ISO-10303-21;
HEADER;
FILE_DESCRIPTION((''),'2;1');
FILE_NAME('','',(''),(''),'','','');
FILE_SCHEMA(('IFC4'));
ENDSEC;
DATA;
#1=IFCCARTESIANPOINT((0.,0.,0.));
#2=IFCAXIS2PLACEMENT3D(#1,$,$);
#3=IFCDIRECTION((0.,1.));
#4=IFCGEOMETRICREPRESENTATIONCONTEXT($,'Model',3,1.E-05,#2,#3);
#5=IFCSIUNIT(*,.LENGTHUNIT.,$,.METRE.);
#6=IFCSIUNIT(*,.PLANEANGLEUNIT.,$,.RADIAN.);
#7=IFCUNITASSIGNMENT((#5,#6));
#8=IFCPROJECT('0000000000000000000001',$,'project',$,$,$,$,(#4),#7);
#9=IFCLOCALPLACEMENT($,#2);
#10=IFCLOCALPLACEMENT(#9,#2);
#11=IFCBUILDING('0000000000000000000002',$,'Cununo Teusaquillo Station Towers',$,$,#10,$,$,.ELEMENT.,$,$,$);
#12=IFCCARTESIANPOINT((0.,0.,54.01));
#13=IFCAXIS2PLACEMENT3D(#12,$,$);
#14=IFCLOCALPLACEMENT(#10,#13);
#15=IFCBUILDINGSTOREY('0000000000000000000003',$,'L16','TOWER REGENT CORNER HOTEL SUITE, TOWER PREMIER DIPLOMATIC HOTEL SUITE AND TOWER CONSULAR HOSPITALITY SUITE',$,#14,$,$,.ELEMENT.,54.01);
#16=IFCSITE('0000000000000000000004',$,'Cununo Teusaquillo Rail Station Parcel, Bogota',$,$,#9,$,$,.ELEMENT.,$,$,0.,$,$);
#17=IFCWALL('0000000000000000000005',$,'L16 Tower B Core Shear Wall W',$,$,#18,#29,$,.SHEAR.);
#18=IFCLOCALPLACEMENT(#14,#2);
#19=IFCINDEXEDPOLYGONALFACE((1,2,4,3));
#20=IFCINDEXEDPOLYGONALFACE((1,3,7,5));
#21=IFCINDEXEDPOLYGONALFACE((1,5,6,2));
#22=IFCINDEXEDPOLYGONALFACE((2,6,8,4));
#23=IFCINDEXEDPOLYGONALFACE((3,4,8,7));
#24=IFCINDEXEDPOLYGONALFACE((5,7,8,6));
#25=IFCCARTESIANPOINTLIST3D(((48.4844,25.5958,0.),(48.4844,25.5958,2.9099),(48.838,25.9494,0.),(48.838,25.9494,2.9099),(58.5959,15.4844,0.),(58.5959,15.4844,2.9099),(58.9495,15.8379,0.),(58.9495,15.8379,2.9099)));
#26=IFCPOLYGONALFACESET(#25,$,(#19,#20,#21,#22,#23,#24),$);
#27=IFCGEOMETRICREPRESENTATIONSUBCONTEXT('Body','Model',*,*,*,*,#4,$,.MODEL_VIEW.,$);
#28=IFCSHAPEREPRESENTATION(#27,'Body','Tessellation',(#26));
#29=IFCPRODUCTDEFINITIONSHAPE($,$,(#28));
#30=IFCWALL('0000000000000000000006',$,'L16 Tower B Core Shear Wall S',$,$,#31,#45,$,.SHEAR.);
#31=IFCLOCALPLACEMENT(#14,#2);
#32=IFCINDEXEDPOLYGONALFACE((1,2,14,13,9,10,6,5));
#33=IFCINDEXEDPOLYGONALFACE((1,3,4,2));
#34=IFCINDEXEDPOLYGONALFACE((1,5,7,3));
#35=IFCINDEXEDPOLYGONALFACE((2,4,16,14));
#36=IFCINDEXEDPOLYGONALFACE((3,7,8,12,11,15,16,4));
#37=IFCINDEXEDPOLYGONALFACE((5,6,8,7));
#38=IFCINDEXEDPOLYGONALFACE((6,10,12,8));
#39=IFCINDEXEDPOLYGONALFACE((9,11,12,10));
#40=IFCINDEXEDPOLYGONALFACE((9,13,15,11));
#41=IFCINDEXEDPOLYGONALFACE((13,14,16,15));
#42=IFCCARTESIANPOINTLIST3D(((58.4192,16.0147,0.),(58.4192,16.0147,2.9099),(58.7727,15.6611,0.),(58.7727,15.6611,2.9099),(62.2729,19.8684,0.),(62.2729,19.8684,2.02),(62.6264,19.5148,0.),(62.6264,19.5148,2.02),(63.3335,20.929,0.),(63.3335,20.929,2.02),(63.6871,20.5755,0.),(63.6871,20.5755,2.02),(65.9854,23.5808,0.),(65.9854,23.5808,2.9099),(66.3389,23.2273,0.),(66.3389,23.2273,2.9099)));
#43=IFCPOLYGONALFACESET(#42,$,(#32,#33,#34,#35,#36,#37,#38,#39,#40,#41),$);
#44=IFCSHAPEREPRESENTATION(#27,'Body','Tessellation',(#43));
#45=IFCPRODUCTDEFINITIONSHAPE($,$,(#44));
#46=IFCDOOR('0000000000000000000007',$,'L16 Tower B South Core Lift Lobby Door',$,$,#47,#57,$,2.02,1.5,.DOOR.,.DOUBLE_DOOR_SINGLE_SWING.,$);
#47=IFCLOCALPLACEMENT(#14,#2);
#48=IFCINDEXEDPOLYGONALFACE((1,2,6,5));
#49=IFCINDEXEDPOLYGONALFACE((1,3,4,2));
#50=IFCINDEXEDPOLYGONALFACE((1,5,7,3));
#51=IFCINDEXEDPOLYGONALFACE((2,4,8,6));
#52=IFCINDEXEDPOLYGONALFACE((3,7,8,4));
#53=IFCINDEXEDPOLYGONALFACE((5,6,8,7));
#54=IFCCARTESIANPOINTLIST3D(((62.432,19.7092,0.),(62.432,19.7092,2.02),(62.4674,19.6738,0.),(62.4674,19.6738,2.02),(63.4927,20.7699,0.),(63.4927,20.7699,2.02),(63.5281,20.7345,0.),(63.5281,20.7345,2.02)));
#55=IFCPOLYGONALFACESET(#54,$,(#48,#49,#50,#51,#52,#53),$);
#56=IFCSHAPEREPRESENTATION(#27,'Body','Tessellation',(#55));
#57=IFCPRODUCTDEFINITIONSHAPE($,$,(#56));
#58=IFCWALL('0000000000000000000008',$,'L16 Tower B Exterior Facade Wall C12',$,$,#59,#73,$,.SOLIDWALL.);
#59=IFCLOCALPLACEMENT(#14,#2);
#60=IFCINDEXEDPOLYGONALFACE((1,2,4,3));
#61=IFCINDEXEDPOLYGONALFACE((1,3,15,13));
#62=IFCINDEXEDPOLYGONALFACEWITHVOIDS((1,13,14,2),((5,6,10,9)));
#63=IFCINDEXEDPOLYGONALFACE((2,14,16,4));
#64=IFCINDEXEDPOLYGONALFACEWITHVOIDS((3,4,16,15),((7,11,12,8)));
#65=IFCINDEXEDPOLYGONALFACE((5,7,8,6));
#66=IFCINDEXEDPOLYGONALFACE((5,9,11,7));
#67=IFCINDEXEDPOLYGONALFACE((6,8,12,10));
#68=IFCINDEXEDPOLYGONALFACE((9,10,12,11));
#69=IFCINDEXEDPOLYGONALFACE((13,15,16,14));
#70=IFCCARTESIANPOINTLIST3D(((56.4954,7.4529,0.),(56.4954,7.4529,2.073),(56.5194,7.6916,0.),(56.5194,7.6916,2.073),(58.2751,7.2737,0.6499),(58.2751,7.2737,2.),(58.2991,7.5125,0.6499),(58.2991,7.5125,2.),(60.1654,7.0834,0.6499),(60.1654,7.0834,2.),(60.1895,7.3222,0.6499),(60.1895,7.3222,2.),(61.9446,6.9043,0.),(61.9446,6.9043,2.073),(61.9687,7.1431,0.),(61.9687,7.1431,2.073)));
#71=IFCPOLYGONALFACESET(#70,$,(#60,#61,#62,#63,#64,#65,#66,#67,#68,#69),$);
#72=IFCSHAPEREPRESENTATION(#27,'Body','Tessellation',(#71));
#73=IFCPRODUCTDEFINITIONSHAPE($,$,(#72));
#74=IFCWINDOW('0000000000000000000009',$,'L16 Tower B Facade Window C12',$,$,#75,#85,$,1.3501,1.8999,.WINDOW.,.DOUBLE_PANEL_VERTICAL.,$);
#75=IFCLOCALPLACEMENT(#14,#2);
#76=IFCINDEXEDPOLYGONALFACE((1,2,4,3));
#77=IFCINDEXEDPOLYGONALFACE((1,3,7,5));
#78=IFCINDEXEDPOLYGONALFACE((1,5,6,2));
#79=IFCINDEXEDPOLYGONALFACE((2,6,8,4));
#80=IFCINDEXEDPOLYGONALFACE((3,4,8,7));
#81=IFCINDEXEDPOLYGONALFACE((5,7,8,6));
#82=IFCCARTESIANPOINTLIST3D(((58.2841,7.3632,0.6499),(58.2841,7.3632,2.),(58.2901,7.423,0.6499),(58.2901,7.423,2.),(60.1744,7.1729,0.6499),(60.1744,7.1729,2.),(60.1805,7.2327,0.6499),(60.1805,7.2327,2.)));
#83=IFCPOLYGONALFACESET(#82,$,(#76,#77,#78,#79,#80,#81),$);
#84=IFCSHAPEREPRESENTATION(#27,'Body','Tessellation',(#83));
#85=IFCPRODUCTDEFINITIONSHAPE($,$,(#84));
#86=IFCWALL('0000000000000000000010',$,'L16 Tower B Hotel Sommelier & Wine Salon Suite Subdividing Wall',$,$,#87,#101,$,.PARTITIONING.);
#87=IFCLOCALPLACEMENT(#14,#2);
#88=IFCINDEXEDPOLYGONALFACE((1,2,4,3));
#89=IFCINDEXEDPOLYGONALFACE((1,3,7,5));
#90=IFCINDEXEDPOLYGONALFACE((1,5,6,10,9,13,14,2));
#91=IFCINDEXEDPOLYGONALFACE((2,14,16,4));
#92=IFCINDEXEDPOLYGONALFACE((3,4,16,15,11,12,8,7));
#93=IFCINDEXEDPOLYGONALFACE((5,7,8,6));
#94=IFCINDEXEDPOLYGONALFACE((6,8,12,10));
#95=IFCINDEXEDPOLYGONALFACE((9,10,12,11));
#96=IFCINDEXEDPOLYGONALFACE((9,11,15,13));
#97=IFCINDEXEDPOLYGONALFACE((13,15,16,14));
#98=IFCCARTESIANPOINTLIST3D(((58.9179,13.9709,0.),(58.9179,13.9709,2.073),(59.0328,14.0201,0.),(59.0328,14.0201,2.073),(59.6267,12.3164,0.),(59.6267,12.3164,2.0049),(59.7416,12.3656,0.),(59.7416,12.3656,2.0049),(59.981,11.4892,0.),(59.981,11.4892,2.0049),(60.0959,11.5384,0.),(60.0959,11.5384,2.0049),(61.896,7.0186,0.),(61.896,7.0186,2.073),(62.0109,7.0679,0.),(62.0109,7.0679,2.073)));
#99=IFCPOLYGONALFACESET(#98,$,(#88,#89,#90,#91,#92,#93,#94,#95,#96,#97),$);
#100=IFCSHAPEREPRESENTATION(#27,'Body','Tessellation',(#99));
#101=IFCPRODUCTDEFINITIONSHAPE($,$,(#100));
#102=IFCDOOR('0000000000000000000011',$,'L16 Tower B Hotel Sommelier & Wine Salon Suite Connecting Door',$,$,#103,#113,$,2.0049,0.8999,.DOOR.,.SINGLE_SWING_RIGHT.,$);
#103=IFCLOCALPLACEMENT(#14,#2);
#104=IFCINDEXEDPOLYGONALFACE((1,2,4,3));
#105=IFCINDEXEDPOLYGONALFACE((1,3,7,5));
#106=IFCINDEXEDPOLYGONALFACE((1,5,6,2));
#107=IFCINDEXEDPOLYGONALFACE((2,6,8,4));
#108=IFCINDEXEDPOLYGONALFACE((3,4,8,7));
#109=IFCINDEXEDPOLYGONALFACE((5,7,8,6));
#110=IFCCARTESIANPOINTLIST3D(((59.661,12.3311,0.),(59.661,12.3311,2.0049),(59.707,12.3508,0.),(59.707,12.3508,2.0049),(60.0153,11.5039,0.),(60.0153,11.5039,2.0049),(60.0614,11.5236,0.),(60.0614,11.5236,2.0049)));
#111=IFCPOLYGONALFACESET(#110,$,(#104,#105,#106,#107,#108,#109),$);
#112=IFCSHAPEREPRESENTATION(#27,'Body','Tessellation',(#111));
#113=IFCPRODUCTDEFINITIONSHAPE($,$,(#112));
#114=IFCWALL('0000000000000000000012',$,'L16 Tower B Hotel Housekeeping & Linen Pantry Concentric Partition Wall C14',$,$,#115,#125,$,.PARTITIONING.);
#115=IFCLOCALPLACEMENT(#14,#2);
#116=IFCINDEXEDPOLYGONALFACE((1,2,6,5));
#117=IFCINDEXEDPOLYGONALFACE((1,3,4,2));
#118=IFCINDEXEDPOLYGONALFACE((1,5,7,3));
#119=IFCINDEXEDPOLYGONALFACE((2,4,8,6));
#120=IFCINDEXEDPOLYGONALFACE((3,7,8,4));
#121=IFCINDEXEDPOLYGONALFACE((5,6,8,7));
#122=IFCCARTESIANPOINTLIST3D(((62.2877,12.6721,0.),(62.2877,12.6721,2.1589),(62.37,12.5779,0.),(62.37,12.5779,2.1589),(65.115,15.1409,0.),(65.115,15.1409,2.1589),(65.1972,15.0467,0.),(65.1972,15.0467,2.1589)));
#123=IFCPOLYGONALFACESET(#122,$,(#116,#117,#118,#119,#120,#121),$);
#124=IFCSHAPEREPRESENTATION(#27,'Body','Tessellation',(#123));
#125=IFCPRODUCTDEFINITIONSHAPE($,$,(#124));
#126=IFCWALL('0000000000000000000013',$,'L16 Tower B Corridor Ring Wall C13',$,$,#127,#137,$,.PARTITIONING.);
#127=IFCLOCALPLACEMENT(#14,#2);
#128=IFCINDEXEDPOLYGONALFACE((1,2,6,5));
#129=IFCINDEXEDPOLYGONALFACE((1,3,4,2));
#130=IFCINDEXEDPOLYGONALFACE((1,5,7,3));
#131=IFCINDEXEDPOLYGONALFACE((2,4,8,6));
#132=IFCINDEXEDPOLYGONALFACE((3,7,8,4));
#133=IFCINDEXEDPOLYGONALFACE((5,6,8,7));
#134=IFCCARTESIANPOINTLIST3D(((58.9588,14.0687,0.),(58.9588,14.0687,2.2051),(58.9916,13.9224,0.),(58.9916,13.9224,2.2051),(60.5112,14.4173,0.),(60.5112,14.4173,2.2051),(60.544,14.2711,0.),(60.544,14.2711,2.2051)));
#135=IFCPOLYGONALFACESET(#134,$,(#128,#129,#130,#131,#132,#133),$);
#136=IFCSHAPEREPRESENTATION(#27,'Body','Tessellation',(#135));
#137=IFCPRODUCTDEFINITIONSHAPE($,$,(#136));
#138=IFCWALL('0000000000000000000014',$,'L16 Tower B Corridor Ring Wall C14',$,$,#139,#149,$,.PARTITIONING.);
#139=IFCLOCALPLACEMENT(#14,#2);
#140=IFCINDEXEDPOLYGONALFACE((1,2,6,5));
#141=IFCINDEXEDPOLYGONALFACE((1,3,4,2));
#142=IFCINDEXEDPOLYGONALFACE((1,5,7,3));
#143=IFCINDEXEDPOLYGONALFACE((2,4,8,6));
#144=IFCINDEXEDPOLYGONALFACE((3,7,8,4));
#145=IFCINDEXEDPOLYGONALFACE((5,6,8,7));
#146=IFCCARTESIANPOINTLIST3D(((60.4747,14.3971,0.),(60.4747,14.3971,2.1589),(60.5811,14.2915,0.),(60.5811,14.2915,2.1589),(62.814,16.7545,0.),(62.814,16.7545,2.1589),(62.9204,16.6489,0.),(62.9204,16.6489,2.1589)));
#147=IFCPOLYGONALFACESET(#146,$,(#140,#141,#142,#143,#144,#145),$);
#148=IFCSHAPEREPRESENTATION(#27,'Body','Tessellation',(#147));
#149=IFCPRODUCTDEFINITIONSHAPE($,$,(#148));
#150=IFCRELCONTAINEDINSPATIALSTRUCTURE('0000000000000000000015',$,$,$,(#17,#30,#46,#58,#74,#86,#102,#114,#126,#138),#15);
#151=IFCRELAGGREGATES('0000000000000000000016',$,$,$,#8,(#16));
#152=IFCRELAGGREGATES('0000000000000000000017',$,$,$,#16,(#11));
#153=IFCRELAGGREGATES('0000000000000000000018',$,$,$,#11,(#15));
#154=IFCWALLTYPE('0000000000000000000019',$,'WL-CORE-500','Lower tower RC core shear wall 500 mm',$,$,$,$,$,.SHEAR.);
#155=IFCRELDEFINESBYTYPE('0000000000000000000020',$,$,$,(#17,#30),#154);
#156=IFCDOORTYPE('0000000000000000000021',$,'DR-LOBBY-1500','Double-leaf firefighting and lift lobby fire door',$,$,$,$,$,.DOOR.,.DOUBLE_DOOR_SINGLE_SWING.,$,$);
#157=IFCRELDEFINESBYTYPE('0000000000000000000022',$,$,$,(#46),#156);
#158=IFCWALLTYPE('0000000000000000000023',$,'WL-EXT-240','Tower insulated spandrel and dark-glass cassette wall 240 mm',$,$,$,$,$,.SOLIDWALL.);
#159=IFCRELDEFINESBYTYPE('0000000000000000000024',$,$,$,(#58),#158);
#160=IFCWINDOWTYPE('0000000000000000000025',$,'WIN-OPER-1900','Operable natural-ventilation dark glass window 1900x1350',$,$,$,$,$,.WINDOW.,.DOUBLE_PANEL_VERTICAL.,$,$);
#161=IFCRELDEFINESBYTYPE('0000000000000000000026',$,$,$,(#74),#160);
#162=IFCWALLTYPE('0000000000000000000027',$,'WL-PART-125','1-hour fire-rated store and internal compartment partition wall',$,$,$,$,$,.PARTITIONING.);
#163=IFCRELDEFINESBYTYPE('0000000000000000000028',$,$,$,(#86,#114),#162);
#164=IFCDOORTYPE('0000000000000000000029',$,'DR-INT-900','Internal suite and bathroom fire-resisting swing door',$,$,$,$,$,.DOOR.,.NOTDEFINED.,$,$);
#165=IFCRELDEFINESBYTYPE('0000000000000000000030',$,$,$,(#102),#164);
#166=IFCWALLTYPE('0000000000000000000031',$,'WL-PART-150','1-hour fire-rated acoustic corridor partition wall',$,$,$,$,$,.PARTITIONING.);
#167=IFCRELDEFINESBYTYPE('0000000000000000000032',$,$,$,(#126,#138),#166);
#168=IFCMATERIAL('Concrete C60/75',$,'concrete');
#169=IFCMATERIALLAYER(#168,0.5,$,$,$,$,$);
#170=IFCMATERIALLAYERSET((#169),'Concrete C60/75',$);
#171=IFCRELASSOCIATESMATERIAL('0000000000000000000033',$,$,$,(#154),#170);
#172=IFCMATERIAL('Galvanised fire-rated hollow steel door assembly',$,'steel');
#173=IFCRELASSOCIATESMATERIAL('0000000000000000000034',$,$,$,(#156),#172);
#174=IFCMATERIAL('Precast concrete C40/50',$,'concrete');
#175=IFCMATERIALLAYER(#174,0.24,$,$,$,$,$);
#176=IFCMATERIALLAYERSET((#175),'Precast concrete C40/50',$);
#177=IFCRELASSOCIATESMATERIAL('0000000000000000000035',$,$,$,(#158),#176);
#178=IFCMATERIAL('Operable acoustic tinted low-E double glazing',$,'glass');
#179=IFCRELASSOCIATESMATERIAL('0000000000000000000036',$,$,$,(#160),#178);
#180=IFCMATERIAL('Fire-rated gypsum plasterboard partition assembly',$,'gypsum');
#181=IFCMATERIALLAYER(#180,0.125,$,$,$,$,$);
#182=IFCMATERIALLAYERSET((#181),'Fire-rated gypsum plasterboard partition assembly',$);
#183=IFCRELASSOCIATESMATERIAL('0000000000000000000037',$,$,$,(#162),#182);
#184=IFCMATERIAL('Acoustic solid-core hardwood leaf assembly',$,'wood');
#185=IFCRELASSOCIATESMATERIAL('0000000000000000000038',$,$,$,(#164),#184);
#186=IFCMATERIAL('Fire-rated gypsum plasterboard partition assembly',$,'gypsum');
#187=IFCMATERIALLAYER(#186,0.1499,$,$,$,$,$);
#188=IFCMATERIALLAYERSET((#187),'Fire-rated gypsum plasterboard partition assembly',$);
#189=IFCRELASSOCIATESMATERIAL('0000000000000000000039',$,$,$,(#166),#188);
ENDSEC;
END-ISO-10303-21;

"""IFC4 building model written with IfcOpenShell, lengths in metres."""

from ifc_helpers import new_model, si_unit, direction, frame, frame_2d, origin, place, context, subcontext, project, spatial, rectangle, extrude, source, transform, mapped, material, layer, layer_set, type_object, element, fill, save


model = new_model("IFC4")

# Units and contexts
model_context = context("Model", 3, precision=1e-05, world=origin(), true_north=direction((0.0, 1.0)))
body_context = subcontext(model_context, "Body", "Model", "MODEL_VIEW")
ifc_project = project(units=[si_unit("LENGTHUNIT", "METRE"), si_unit("PLANEANGLEUNIT", "RADIAN")], contexts=[model_context])

# Site, building, storey
site_placement = place(None, origin())
site = spatial("IfcSite", under=ifc_project, at=site_placement, Name="Cununo Teusaquillo Rail Station Parcel, Bogota", CompositionType="ELEMENT", RefElevation=0.0)
building_placement = place(site_placement, origin())
building = spatial("IfcBuilding", under=site, at=building_placement, Name="Cununo Teusaquillo Station Towers", CompositionType="ELEMENT")
storey_placement = place(building_placement, frame((0.0, 0.0, 54.01)))
storey = spatial("IfcBuildingStorey", under=building, at=storey_placement, Name="L16", Description="TOWER REGENT CORNER HOTEL SUITE, TOWER PREMIER DIPLOMATIC HOTEL SUITE AND TOWER CONSULAR HOSPITALITY SUITE", CompositionType="ELEMENT", Elevation=54.01)

# Wall
ifc_material_1 = material(Name="Concrete C60/75", Category="concrete")
ifc_layer_1 = layer(ifc_material_1, 0.5)
ifc_layer_set_1 = layer_set([ifc_layer_1], Name="Concrete C60/75")
wall_type_1 = type_object("IfcWallType", Name="WL-CORE-500", Description="Lower tower RC core shear wall 500 mm", PredefinedType="SHEAR", material=ifc_layer_set_1)
wall_1_placement = place(storey_placement, frame((58.7727, 15.6611, 0.0), z_axis=(0.0, 0.0, 1.0), x_axis=(-0.707107, 0.707107, 0.0)))
element("IfcWall", 1, at=wall_1_placement, inside=storey, type_object=wall_type_1, Name="L16 Tower B Core Shear Wall W", PredefinedType="SHEAR", context=body_context, shape_type="SweptSolid", body=[
    extrude(rectangle(XDim=14.2998, YDim=0.5, at=frame_2d((7.1499, 0.0))), origin(), (0.0, 0.0, 1.0), 2.9099),
])

# Wall, opening, door
wall_2_placement = place(storey_placement, frame((58.5959, 15.8379, 0.0), z_axis=(0.0, 0.0, 1.0), x_axis=(0.707107, 0.707107, 0.0)))
wall_2 = element("IfcWall", 2, at=wall_2_placement, inside=storey, type_object=wall_type_1, Name="L16 Tower B Core Shear Wall S", PredefinedType="SHEAR", context=body_context, shape_type="SweptSolid", body=[
    extrude(rectangle(XDim=10.7002, YDim=0.5, at=frame_2d((5.3501, 0.0))), origin(), (0.0, 0.0, 1.0), 2.9099),
])
shared_shape_1 = source(origin(), body_context, "Body", "SweptSolid", [
    extrude(rectangle(XDim=1.5, YDim=2.02, at=frame_2d((0.75, 1.01))), frame((0.0, 0.26, 0.0), z_axis=(0.0, -1.0, 0.0), x_axis=(1.0, 0.0, 0.0)), (0.0, 0.0, 1.0), 0.52),
])
opening_1_placement = place(wall_2_placement, frame((5.45, 0.0, 0.0)))
opening_1 = element("IfcOpeningElement", 3, at=opening_1_placement, cuts=wall_2, PredefinedType="OPENING", context=body_context, shape_type="MappedRepresentation", body=[
    mapped(shared_shape_1, transform((0.0, 0.0, 0.0), x_axis=(1.0, 0.0, 0.0), y_axis=(0.0, 1.0, 0.0), z_axis=(0.0, 0.0, 1.0), scale=1.0)),
])
ifc_material_2 = material(Name="Galvanised fire-rated hollow steel door assembly", Category="steel")
door_type_1 = type_object("IfcDoorType", Name="DR-LOBBY-1500", Description="Double-leaf firefighting and lift lobby fire door", OperationType="DOUBLE_DOOR_SINGLE_SWING", PredefinedType="DOOR", material=ifc_material_2)
shared_shape_2 = source(origin(), body_context, "Body", "SweptSolid", [
    extrude(rectangle(XDim=1.5, YDim=2.02, at=frame_2d((0.75, 1.01))), frame((0.0, 0.0249, 0.0), z_axis=(0.0, -1.0, 0.0), x_axis=(1.0, 0.0, 0.0)), (0.0, 0.0, 1.0), 0.05),
])
door_1_placement = place(opening_1_placement, origin())
door_1 = element("IfcDoor", 4, at=door_1_placement, inside=storey, type_object=door_type_1, Name="L16 Tower B South Core Lift Lobby Door", OperationType="DOUBLE_DOOR_SINGLE_SWING", OverallHeight=2.02, OverallWidth=1.5, PredefinedType="DOOR", context=body_context, shape_type="MappedRepresentation", body=[
    mapped(shared_shape_2, transform((0.0, 0.0, 0.0), x_axis=(1.0, 0.0, 0.0), y_axis=(0.0, 1.0, 0.0), z_axis=(0.0, 0.0, 1.0), scale=1.0)),
])
fill(opening_1, door_1)

# Wall, opening, window
ifc_material_3 = material(Name="Precast concrete C40/50", Category="concrete")
ifc_layer_2 = layer(ifc_material_3, 0.24)
ifc_layer_set_2 = layer_set([ifc_layer_2], Name="Precast concrete C40/50")
wall_type_2 = type_object("IfcWallType", Name="WL-EXT-240", Description="Tower insulated spandrel and dark-glass cassette wall 240 mm", PredefinedType="SOLIDWALL", material=ifc_layer_set_2)
wall_3_placement = place(storey_placement, frame((61.9565, 7.0237, 0.0), z_axis=(0.0, 0.0, 1.0), x_axis=(-0.994971, 0.100166, 0.0)))
wall_3 = element("IfcWall", 5, at=wall_3_placement, inside=storey, type_object=wall_type_2, Name="L16 Tower B Exterior Facade Wall C12", PredefinedType="SOLIDWALL", context=body_context, shape_type="SweptSolid", body=[
    extrude(rectangle(XDim=5.4768, YDim=0.24, at=frame_2d((2.7383, 0.0))), origin(), (0.0, 0.0, 1.0), 2.073),
])
shared_shape_3 = source(origin(), body_context, "Body", "SweptSolid", [
    extrude(rectangle(XDim=1.8999, YDim=1.3501, at=frame_2d((0.95, 0.675))), frame((0.0, 0.1299, 0.0), z_axis=(0.0, -1.0, 0.0), x_axis=(1.0, 0.0, 0.0)), (0.0, 0.0, 1.0), 0.26),
])
opening_2_placement = place(wall_3_placement, frame((1.7881, 0.0, 0.6499)))
opening_2 = element("IfcOpeningElement", 6, at=opening_2_placement, cuts=wall_3, PredefinedType="OPENING", context=body_context, shape_type="MappedRepresentation", body=[
    mapped(shared_shape_3, transform((0.0, 0.0, 0.0), x_axis=(1.0, 0.0, 0.0), y_axis=(0.0, 1.0, 0.0), z_axis=(0.0, 0.0, 1.0), scale=1.0)),
])
ifc_material_4 = material(Name="Operable acoustic tinted low-E double glazing", Category="glass")
window_type = type_object("IfcWindowType", Name="WIN-OPER-1900", Description="Operable natural-ventilation dark glass window 1900x1350", PartitioningType="DOUBLE_PANEL_VERTICAL", PredefinedType="WINDOW", material=ifc_material_4)
shared_shape_4 = source(origin(), body_context, "Body", "SweptSolid", [
    extrude(rectangle(XDim=1.8999, YDim=1.3501, at=frame_2d((0.95, 0.675))), frame((0.0, 0.03, 0.0), z_axis=(0.0, -1.0, 0.0), x_axis=(1.0, 0.0, 0.0)), (0.0, 0.0, 1.0), 0.0601),
])
window_placement = place(opening_2_placement, origin())
window = element("IfcWindow", 7, at=window_placement, inside=storey, type_object=window_type, Name="L16 Tower B Facade Window C12", OverallHeight=1.3501, OverallWidth=1.8999, PartitioningType="DOUBLE_PANEL_VERTICAL", PredefinedType="WINDOW", context=body_context, shape_type="MappedRepresentation", body=[
    mapped(shared_shape_4, transform((0.0, 0.0, 0.0), x_axis=(1.0, 0.0, 0.0), y_axis=(0.0, 1.0, 0.0), z_axis=(0.0, 0.0, 1.0), scale=1.0)),
])
fill(opening_2, window)

# Wall, opening, door
ifc_material_5 = material(Name="Fire-rated gypsum plasterboard partition assembly", Category="gypsum")
ifc_layer_3 = layer(ifc_material_5, 0.125)
ifc_layer_set_3 = layer_set([ifc_layer_3], Name="Fire-rated gypsum plasterboard partition assembly")
wall_type_3 = type_object("IfcWallType", Name="WL-PART-125", Description="1-hour fire-rated store and internal compartment partition wall", PredefinedType="PARTITIONING", material=ifc_layer_set_3)
wall_4_placement = place(storey_placement, frame((58.9753, 13.9956, 0.0), z_axis=(0.0, 0.0, 1.0), x_axis=(0.393756, -0.919215, 0.0)))
wall_4 = element("IfcWall", 8, at=wall_4_placement, inside=storey, type_object=wall_type_3, Name="L16 Tower B Hotel Sommelier & Wine Salon Suite Subdividing Wall", PredefinedType="PARTITIONING", context=body_context, shape_type="SweptSolid", body=[
    extrude(rectangle(XDim=7.5632, YDim=0.125, at=frame_2d((3.7817, 0.0))), origin(), (0.0, 0.0, 1.0), 2.073),
])
shared_shape_5 = source(origin(), body_context, "Body", "SweptSolid", [
    extrude(rectangle(XDim=0.8999, YDim=2.0049, at=frame_2d((0.45, 1.0024))), frame((0.0, 0.0725, 0.0), z_axis=(0.0, -1.0, 0.0), x_axis=(1.0, 0.0, 0.0)), (0.0, 0.0, 1.0), 0.145),
])
opening_3_placement = place(wall_4_placement, frame((1.8, 0.0, 0.0)))
opening_3 = element("IfcOpeningElement", 9, at=opening_3_placement, cuts=wall_4, PredefinedType="OPENING", context=body_context, shape_type="MappedRepresentation", body=[
    mapped(shared_shape_5, transform((0.0, 0.0, 0.0), x_axis=(1.0, 0.0, 0.0), y_axis=(0.0, 1.0, 0.0), z_axis=(0.0, 0.0, 1.0), scale=1.0)),
])
ifc_material_6 = material(Name="Acoustic solid-core hardwood leaf assembly", Category="wood")
door_type_2 = type_object("IfcDoorType", Name="DR-INT-900", Description="Internal suite and bathroom fire-resisting swing door", OperationType="NOTDEFINED", PredefinedType="DOOR", material=ifc_material_6)
shared_shape_6 = source(origin(), body_context, "Body", "SweptSolid", [
    extrude(rectangle(XDim=0.8999, YDim=2.0049, at=frame_2d((0.45, 1.0024))), frame((0.0, 0.0249, 0.0), z_axis=(0.0, -1.0, 0.0), x_axis=(1.0, 0.0, 0.0)), (0.0, 0.0, 1.0), 0.05),
])
door_2_placement = place(opening_3_placement, origin())
door_2 = element("IfcDoor", 10, at=door_2_placement, inside=storey, type_object=door_type_2, Name="L16 Tower B Hotel Sommelier & Wine Salon Suite Connecting Door", OperationType="SINGLE_SWING_RIGHT", OverallHeight=2.0049, OverallWidth=0.8999, PredefinedType="DOOR", context=body_context, shape_type="MappedRepresentation", body=[
    mapped(shared_shape_6, transform((0.0, 0.0, 0.0), x_axis=(1.0, 0.0, 0.0), y_axis=(0.0, 1.0, 0.0), z_axis=(0.0, 0.0, 1.0), scale=1.0)),
])
fill(opening_3, door_2)

# Walls
wall_5_placement = place(storey_placement, frame((62.3289, 12.625, 0.0), z_axis=(0.0, 0.0, 1.0), x_axis=(0.753237, 0.657749, 0.0)))
element("IfcWall", 11, at=wall_5_placement, inside=storey, type_object=wall_type_3, Name="L16 Tower B Hotel Housekeeping & Linen Pantry Concentric Partition Wall C14", PredefinedType="PARTITIONING", context=body_context, shape_type="SweptSolid", body=[
    extrude(rectangle(XDim=3.7534, YDim=0.125, at=frame_2d((1.8767, 0.0))), origin(), (0.0, 0.0, 1.0), 2.1589),
])
ifc_material_7 = material(Name="Fire-rated gypsum plasterboard partition assembly", Category="gypsum")
ifc_layer_4 = layer(ifc_material_7, 0.1499)
ifc_layer_set_4 = layer_set([ifc_layer_4], Name="Fire-rated gypsum plasterboard partition assembly")
wall_type_4 = type_object("IfcWallType", Name="WL-PART-150", Description="1-hour fire-rated acoustic corridor partition wall", PredefinedType="PARTITIONING", material=ifc_layer_set_4)
wall_6_placement = place(storey_placement, frame((58.9753, 13.9956, 0.0), z_axis=(0.0, 0.0, 1.0), x_axis=(0.975701, 0.219107, 0.0)))
element("IfcWall", 12, at=wall_6_placement, inside=storey, type_object=wall_type_4, Name="L16 Tower B Corridor Ring Wall C13", PredefinedType="PARTITIONING", context=body_context, shape_type="SweptSolid", body=[
    extrude(rectangle(XDim=1.5911, YDim=0.1499, at=frame_2d((0.7954, 0.0))), origin(), (0.0, 0.0, 1.0), 2.2051),
])
wall_7_placement = place(storey_placement, frame((60.5278, 14.3442, 0.0), z_axis=(0.0, 0.0, 1.0), x_axis=(0.704382, 0.709821, 0.0)))
element("IfcWall", 13, at=wall_7_placement, inside=storey, type_object=wall_type_4, Name="L16 Tower B Corridor Ring Wall C14", PredefinedType="PARTITIONING", context=body_context, shape_type="SweptSolid", body=[
    extrude(rectangle(XDim=3.321, YDim=0.1499, at=frame_2d((1.6606, 0.0))), origin(), (0.0, 0.0, 1.0), 2.1589),
])

save(model, "model.ifc")
